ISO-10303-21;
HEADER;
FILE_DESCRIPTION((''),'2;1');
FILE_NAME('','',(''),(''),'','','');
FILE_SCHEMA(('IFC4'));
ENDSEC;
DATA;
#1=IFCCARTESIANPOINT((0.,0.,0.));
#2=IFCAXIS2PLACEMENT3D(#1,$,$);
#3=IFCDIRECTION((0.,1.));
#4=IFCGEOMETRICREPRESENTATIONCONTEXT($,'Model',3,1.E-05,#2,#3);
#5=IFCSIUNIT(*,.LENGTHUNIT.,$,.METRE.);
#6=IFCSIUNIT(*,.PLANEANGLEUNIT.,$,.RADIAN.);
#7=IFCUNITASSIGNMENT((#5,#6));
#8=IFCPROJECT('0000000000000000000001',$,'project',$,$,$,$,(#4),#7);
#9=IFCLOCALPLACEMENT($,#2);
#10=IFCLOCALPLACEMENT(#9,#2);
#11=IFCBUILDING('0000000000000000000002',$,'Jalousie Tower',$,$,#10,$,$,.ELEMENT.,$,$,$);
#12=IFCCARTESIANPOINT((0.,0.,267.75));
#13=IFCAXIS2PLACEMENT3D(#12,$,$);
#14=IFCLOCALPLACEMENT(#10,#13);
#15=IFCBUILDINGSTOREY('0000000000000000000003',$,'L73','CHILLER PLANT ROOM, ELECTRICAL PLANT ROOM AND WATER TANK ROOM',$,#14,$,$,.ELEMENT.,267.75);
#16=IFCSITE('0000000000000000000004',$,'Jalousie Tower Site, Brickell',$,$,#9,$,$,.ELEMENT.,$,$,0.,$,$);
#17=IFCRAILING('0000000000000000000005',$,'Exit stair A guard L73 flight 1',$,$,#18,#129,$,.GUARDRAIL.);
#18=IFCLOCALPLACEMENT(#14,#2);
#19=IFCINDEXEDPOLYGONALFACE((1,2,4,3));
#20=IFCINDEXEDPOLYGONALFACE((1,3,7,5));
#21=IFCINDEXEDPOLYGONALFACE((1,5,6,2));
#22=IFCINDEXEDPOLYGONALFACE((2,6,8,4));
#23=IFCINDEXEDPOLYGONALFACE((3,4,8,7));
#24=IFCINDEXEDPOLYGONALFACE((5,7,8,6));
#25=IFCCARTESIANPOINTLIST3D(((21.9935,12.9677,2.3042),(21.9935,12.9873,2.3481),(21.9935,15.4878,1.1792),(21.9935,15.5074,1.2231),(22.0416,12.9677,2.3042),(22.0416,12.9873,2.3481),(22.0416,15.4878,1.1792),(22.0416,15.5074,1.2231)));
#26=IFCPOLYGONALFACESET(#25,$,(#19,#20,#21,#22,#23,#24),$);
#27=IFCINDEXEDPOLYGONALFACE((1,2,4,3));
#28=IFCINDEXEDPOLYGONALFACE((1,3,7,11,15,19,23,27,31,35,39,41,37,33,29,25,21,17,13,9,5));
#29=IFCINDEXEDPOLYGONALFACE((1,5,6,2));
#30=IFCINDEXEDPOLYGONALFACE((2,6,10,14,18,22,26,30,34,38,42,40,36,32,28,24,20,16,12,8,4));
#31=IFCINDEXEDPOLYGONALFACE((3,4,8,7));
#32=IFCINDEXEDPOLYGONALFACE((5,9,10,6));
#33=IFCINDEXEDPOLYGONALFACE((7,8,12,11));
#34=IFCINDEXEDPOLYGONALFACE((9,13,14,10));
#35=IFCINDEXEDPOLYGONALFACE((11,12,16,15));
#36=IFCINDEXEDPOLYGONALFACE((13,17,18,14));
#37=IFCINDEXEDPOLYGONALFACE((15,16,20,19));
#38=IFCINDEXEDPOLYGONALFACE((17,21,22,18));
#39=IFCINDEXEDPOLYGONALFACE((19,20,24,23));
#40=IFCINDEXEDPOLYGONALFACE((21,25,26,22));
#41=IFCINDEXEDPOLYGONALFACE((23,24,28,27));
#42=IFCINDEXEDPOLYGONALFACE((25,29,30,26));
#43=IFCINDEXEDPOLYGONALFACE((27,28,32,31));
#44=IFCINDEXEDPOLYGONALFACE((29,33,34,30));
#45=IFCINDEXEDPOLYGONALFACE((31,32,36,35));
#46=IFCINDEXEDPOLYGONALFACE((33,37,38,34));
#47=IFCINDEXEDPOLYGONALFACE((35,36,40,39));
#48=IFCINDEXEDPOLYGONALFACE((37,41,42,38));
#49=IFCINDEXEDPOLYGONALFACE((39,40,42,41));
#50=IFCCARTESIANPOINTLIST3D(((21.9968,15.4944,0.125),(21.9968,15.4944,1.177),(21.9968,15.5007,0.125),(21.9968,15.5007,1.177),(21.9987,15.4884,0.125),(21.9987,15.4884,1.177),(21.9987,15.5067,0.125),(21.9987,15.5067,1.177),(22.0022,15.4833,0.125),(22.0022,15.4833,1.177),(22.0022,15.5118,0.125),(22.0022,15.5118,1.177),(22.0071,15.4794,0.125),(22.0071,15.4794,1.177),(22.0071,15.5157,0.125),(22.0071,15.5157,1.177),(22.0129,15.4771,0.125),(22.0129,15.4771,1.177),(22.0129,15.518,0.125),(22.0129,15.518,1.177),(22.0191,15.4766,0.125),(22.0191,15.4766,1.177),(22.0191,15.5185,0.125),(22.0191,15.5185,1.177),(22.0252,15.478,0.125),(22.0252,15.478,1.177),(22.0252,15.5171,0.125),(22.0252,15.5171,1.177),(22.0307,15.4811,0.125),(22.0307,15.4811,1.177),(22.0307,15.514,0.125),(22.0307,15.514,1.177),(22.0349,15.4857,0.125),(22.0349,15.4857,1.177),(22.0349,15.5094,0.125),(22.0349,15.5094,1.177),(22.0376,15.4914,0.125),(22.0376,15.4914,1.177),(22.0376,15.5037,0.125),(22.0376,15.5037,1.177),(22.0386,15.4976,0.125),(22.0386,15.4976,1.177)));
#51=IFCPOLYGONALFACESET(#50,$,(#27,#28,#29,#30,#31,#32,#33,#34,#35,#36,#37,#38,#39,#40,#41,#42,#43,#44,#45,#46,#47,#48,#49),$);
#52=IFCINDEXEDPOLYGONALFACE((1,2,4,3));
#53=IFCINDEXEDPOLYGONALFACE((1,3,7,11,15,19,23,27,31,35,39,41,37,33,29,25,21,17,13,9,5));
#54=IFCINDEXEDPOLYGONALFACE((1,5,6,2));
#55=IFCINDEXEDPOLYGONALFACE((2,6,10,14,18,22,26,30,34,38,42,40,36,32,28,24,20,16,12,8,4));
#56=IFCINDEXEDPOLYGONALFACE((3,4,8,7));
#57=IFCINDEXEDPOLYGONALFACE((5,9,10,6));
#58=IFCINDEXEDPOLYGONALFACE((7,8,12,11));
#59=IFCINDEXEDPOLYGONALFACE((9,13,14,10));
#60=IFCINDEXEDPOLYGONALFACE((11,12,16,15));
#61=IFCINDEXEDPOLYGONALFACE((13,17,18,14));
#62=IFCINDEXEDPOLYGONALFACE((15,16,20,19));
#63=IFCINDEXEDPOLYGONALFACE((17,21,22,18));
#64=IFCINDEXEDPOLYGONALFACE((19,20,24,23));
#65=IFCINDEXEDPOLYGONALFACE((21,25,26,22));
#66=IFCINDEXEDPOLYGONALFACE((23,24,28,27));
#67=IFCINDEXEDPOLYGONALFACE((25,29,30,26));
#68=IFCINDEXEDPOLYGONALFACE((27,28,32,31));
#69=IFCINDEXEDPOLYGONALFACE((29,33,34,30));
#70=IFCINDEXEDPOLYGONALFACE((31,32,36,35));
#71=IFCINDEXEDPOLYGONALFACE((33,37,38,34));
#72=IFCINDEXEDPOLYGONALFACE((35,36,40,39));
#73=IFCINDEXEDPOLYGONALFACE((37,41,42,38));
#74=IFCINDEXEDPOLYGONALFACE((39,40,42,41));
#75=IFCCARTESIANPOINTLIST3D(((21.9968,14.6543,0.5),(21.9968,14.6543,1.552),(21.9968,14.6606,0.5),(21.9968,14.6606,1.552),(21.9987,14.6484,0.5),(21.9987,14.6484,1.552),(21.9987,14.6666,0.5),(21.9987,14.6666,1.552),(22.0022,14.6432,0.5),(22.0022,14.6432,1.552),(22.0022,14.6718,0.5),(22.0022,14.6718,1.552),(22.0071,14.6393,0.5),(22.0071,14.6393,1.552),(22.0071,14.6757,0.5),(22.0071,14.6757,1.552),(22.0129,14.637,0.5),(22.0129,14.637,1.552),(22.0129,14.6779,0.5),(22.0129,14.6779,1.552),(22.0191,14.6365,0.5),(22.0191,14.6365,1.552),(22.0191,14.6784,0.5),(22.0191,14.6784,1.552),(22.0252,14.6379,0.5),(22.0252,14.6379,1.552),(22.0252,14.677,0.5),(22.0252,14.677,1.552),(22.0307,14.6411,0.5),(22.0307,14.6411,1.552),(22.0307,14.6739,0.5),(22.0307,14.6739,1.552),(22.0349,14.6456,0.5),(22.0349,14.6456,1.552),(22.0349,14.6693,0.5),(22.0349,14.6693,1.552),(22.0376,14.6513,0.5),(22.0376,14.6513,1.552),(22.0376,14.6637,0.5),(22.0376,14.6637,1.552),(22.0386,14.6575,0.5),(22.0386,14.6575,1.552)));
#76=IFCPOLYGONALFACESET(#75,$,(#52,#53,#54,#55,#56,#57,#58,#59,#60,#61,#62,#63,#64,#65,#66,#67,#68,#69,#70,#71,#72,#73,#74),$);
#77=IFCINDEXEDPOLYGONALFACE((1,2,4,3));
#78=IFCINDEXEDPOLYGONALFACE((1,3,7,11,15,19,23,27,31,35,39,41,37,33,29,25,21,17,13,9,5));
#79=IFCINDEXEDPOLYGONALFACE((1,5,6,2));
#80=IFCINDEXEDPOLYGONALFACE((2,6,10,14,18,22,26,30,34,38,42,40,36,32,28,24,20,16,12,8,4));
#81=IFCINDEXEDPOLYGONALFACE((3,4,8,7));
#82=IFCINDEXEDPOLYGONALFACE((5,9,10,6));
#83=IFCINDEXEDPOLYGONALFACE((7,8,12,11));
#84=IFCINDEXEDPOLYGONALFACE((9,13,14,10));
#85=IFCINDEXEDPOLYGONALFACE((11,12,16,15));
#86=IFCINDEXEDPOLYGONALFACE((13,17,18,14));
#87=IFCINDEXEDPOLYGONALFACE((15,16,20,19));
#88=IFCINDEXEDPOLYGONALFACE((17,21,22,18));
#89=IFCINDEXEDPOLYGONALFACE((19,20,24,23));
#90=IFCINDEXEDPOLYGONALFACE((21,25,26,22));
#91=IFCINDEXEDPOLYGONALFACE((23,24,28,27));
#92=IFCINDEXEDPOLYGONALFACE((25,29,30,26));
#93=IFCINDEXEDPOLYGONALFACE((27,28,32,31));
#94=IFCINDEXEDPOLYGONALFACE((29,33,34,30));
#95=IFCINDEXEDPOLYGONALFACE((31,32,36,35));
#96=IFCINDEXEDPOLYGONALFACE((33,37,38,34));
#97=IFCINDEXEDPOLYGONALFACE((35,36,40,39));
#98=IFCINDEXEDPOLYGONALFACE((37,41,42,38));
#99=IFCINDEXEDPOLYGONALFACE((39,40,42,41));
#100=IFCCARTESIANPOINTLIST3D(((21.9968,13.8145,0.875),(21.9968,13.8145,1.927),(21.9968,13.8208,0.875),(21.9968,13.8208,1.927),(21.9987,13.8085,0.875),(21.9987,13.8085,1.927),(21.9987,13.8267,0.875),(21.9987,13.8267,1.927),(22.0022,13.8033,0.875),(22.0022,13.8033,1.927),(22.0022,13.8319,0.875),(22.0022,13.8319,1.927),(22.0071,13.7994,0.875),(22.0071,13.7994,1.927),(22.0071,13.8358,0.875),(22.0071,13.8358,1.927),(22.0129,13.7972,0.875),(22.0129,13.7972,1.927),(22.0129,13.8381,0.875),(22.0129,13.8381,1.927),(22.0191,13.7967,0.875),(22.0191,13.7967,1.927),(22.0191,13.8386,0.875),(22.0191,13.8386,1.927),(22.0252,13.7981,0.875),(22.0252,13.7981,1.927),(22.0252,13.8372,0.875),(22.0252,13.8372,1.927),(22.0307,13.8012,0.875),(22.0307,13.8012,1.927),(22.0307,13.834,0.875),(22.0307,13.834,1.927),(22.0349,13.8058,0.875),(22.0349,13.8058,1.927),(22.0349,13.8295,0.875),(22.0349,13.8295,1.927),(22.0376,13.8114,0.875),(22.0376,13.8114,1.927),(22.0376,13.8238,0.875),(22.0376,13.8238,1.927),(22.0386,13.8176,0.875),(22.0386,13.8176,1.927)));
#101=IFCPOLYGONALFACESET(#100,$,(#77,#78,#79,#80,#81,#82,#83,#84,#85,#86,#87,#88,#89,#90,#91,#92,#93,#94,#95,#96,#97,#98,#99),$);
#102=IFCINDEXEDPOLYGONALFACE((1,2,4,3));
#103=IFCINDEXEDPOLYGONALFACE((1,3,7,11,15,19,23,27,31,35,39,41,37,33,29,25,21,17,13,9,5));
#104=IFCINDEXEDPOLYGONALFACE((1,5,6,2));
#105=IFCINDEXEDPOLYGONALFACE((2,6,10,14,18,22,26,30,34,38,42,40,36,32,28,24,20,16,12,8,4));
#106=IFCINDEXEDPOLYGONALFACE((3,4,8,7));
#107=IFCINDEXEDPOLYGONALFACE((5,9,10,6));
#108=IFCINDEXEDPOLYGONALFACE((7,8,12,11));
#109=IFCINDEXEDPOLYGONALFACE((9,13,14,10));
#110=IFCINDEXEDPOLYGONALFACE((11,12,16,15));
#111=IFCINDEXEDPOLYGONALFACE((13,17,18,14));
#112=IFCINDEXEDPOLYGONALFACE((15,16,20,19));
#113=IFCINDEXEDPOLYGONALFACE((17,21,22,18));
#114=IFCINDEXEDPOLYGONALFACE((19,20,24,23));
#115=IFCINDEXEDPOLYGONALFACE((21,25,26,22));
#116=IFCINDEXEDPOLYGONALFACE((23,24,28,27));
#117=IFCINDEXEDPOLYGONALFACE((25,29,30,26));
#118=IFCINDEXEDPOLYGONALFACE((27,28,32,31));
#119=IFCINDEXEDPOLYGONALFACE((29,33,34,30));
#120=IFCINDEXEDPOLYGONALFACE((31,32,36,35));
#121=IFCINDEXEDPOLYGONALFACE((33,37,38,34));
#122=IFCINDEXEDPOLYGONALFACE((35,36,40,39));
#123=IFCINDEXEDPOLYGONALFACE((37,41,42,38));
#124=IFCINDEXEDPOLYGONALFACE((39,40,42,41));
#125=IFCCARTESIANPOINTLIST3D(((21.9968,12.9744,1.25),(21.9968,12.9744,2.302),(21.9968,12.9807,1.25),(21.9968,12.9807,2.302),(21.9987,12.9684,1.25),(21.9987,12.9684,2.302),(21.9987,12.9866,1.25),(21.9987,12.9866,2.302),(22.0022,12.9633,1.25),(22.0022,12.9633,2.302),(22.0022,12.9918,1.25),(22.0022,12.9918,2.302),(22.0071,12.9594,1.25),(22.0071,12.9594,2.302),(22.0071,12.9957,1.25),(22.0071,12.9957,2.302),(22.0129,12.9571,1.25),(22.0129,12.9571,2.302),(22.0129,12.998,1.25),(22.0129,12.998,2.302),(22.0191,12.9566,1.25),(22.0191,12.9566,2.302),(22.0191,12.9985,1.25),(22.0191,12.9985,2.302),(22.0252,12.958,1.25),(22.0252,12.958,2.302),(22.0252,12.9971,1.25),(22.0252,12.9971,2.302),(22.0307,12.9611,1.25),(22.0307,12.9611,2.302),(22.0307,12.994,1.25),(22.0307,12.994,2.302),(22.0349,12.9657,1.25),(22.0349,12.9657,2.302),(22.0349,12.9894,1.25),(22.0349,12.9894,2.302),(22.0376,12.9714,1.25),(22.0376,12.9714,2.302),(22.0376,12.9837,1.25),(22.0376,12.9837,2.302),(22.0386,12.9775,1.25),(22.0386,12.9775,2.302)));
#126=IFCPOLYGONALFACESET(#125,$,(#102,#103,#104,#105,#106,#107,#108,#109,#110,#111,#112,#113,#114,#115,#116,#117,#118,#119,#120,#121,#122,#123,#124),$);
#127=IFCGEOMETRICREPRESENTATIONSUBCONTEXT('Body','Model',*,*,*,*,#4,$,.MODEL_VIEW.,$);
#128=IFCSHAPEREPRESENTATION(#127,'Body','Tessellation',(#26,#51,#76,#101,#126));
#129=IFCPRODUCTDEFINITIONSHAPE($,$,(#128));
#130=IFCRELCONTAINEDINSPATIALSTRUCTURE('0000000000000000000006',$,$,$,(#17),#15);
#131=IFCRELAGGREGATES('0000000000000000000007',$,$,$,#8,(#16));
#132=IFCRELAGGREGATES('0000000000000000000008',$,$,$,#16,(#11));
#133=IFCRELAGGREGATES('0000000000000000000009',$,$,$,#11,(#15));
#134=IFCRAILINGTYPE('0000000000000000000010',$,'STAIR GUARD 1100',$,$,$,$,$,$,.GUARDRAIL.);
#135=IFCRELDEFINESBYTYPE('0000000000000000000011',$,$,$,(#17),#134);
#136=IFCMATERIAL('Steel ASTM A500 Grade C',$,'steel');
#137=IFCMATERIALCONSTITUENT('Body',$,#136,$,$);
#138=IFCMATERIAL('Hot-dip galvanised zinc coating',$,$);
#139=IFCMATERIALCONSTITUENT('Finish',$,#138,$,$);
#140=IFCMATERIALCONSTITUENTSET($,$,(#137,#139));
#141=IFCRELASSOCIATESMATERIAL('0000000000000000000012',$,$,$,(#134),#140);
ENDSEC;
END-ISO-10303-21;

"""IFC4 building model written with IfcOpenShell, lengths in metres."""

from ifc_helpers import new_model, si_unit, direction, frame, origin, origin_2d, place, context, subcontext, project, spatial, rectangle, circle, extrude, material, constituent, constituent_set, type_object, element, save


model = new_model("IFC4")

# Units and contexts
model_context = context("Model", 3, precision=1e-05, world=origin(), true_north=direction((0.0, 1.0)))
body_context = subcontext(model_context, "Body", "Model", "MODEL_VIEW")
ifc_project = project(units=[si_unit("LENGTHUNIT", "METRE"), si_unit("PLANEANGLEUNIT", "RADIAN")], contexts=[model_context])

# Site, building, storey
site_placement = place(None, origin())
site = spatial("IfcSite", under=ifc_project, at=site_placement, Name="Jalousie Tower Site, Brickell", CompositionType="ELEMENT", RefElevation=0.0)
building_placement = place(site_placement, origin())
building = spatial("IfcBuilding", under=site, at=building_placement, Name="Jalousie Tower", CompositionType="ELEMENT")
storey_placement = place(building_placement, frame((0.0, 0.0, 267.75)))
storey = spatial("IfcBuildingStorey", under=building, at=storey_placement, Name="L73", Description="CHILLER PLANT ROOM, ELECTRICAL PLANT ROOM AND WATER TANK ROOM", CompositionType="ELEMENT", Elevation=267.75)

# Railing
ifc_material_1 = material(Name="Steel ASTM A500 Grade C", Category="steel")
ifc_constituent_1 = constituent(ifc_material_1, Name="Body")
ifc_material_2 = material(Name="Hot-dip galvanised zinc coating")
ifc_constituent_2 = constituent(ifc_material_2, Name="Finish")
ifc_constituent_set_1 = constituent_set(constituents=[ifc_constituent_1, ifc_constituent_2])
railing_type_1 = type_object("IfcRailingType", Name="STAIR GUARD 1100", PredefinedType="GUARDRAIL", material=ifc_constituent_set_1)
railing_1_placement = place(storey_placement, frame((22.0176, 15.4976, 0.125)))
element("IfcRailing", 1, at=railing_1_placement, inside=storey, type_object=railing_type_1, Name="Exit stair A guard L73 flight 1", PredefinedType="GUARDRAIL", context=body_context, shape_type="SweptSolid", body=[
    extrude(rectangle(XDim=0.0481, YDim=0.0481, at=origin_2d()), frame((0.0, 0.0, 1.0762), z_axis=(0.0, -0.913139, 0.407648), x_axis=(1.0, 0.0, 0.0)), (0.0, 0.0, 1.0), 2.7598),
    extrude(circle(Radius=0.021, at=origin_2d()), origin(), (0.0, 0.0, 1.0), 1.052),
    extrude(circle(Radius=0.021, at=origin_2d()), frame((0.0, -0.8401, 0.375)), (0.0, 0.0, 1.0), 1.052),
    extrude(circle(Radius=0.021, at=origin_2d()), frame((0.0, -1.6799, 0.75)), (0.0, 0.0, 1.0), 1.052),
    extrude(circle(Radius=0.021, at=origin_2d()), frame((0.0, -2.52, 1.125)), (0.0, 0.0, 1.0), 1.052),
])

save(model, "model.ifc")
